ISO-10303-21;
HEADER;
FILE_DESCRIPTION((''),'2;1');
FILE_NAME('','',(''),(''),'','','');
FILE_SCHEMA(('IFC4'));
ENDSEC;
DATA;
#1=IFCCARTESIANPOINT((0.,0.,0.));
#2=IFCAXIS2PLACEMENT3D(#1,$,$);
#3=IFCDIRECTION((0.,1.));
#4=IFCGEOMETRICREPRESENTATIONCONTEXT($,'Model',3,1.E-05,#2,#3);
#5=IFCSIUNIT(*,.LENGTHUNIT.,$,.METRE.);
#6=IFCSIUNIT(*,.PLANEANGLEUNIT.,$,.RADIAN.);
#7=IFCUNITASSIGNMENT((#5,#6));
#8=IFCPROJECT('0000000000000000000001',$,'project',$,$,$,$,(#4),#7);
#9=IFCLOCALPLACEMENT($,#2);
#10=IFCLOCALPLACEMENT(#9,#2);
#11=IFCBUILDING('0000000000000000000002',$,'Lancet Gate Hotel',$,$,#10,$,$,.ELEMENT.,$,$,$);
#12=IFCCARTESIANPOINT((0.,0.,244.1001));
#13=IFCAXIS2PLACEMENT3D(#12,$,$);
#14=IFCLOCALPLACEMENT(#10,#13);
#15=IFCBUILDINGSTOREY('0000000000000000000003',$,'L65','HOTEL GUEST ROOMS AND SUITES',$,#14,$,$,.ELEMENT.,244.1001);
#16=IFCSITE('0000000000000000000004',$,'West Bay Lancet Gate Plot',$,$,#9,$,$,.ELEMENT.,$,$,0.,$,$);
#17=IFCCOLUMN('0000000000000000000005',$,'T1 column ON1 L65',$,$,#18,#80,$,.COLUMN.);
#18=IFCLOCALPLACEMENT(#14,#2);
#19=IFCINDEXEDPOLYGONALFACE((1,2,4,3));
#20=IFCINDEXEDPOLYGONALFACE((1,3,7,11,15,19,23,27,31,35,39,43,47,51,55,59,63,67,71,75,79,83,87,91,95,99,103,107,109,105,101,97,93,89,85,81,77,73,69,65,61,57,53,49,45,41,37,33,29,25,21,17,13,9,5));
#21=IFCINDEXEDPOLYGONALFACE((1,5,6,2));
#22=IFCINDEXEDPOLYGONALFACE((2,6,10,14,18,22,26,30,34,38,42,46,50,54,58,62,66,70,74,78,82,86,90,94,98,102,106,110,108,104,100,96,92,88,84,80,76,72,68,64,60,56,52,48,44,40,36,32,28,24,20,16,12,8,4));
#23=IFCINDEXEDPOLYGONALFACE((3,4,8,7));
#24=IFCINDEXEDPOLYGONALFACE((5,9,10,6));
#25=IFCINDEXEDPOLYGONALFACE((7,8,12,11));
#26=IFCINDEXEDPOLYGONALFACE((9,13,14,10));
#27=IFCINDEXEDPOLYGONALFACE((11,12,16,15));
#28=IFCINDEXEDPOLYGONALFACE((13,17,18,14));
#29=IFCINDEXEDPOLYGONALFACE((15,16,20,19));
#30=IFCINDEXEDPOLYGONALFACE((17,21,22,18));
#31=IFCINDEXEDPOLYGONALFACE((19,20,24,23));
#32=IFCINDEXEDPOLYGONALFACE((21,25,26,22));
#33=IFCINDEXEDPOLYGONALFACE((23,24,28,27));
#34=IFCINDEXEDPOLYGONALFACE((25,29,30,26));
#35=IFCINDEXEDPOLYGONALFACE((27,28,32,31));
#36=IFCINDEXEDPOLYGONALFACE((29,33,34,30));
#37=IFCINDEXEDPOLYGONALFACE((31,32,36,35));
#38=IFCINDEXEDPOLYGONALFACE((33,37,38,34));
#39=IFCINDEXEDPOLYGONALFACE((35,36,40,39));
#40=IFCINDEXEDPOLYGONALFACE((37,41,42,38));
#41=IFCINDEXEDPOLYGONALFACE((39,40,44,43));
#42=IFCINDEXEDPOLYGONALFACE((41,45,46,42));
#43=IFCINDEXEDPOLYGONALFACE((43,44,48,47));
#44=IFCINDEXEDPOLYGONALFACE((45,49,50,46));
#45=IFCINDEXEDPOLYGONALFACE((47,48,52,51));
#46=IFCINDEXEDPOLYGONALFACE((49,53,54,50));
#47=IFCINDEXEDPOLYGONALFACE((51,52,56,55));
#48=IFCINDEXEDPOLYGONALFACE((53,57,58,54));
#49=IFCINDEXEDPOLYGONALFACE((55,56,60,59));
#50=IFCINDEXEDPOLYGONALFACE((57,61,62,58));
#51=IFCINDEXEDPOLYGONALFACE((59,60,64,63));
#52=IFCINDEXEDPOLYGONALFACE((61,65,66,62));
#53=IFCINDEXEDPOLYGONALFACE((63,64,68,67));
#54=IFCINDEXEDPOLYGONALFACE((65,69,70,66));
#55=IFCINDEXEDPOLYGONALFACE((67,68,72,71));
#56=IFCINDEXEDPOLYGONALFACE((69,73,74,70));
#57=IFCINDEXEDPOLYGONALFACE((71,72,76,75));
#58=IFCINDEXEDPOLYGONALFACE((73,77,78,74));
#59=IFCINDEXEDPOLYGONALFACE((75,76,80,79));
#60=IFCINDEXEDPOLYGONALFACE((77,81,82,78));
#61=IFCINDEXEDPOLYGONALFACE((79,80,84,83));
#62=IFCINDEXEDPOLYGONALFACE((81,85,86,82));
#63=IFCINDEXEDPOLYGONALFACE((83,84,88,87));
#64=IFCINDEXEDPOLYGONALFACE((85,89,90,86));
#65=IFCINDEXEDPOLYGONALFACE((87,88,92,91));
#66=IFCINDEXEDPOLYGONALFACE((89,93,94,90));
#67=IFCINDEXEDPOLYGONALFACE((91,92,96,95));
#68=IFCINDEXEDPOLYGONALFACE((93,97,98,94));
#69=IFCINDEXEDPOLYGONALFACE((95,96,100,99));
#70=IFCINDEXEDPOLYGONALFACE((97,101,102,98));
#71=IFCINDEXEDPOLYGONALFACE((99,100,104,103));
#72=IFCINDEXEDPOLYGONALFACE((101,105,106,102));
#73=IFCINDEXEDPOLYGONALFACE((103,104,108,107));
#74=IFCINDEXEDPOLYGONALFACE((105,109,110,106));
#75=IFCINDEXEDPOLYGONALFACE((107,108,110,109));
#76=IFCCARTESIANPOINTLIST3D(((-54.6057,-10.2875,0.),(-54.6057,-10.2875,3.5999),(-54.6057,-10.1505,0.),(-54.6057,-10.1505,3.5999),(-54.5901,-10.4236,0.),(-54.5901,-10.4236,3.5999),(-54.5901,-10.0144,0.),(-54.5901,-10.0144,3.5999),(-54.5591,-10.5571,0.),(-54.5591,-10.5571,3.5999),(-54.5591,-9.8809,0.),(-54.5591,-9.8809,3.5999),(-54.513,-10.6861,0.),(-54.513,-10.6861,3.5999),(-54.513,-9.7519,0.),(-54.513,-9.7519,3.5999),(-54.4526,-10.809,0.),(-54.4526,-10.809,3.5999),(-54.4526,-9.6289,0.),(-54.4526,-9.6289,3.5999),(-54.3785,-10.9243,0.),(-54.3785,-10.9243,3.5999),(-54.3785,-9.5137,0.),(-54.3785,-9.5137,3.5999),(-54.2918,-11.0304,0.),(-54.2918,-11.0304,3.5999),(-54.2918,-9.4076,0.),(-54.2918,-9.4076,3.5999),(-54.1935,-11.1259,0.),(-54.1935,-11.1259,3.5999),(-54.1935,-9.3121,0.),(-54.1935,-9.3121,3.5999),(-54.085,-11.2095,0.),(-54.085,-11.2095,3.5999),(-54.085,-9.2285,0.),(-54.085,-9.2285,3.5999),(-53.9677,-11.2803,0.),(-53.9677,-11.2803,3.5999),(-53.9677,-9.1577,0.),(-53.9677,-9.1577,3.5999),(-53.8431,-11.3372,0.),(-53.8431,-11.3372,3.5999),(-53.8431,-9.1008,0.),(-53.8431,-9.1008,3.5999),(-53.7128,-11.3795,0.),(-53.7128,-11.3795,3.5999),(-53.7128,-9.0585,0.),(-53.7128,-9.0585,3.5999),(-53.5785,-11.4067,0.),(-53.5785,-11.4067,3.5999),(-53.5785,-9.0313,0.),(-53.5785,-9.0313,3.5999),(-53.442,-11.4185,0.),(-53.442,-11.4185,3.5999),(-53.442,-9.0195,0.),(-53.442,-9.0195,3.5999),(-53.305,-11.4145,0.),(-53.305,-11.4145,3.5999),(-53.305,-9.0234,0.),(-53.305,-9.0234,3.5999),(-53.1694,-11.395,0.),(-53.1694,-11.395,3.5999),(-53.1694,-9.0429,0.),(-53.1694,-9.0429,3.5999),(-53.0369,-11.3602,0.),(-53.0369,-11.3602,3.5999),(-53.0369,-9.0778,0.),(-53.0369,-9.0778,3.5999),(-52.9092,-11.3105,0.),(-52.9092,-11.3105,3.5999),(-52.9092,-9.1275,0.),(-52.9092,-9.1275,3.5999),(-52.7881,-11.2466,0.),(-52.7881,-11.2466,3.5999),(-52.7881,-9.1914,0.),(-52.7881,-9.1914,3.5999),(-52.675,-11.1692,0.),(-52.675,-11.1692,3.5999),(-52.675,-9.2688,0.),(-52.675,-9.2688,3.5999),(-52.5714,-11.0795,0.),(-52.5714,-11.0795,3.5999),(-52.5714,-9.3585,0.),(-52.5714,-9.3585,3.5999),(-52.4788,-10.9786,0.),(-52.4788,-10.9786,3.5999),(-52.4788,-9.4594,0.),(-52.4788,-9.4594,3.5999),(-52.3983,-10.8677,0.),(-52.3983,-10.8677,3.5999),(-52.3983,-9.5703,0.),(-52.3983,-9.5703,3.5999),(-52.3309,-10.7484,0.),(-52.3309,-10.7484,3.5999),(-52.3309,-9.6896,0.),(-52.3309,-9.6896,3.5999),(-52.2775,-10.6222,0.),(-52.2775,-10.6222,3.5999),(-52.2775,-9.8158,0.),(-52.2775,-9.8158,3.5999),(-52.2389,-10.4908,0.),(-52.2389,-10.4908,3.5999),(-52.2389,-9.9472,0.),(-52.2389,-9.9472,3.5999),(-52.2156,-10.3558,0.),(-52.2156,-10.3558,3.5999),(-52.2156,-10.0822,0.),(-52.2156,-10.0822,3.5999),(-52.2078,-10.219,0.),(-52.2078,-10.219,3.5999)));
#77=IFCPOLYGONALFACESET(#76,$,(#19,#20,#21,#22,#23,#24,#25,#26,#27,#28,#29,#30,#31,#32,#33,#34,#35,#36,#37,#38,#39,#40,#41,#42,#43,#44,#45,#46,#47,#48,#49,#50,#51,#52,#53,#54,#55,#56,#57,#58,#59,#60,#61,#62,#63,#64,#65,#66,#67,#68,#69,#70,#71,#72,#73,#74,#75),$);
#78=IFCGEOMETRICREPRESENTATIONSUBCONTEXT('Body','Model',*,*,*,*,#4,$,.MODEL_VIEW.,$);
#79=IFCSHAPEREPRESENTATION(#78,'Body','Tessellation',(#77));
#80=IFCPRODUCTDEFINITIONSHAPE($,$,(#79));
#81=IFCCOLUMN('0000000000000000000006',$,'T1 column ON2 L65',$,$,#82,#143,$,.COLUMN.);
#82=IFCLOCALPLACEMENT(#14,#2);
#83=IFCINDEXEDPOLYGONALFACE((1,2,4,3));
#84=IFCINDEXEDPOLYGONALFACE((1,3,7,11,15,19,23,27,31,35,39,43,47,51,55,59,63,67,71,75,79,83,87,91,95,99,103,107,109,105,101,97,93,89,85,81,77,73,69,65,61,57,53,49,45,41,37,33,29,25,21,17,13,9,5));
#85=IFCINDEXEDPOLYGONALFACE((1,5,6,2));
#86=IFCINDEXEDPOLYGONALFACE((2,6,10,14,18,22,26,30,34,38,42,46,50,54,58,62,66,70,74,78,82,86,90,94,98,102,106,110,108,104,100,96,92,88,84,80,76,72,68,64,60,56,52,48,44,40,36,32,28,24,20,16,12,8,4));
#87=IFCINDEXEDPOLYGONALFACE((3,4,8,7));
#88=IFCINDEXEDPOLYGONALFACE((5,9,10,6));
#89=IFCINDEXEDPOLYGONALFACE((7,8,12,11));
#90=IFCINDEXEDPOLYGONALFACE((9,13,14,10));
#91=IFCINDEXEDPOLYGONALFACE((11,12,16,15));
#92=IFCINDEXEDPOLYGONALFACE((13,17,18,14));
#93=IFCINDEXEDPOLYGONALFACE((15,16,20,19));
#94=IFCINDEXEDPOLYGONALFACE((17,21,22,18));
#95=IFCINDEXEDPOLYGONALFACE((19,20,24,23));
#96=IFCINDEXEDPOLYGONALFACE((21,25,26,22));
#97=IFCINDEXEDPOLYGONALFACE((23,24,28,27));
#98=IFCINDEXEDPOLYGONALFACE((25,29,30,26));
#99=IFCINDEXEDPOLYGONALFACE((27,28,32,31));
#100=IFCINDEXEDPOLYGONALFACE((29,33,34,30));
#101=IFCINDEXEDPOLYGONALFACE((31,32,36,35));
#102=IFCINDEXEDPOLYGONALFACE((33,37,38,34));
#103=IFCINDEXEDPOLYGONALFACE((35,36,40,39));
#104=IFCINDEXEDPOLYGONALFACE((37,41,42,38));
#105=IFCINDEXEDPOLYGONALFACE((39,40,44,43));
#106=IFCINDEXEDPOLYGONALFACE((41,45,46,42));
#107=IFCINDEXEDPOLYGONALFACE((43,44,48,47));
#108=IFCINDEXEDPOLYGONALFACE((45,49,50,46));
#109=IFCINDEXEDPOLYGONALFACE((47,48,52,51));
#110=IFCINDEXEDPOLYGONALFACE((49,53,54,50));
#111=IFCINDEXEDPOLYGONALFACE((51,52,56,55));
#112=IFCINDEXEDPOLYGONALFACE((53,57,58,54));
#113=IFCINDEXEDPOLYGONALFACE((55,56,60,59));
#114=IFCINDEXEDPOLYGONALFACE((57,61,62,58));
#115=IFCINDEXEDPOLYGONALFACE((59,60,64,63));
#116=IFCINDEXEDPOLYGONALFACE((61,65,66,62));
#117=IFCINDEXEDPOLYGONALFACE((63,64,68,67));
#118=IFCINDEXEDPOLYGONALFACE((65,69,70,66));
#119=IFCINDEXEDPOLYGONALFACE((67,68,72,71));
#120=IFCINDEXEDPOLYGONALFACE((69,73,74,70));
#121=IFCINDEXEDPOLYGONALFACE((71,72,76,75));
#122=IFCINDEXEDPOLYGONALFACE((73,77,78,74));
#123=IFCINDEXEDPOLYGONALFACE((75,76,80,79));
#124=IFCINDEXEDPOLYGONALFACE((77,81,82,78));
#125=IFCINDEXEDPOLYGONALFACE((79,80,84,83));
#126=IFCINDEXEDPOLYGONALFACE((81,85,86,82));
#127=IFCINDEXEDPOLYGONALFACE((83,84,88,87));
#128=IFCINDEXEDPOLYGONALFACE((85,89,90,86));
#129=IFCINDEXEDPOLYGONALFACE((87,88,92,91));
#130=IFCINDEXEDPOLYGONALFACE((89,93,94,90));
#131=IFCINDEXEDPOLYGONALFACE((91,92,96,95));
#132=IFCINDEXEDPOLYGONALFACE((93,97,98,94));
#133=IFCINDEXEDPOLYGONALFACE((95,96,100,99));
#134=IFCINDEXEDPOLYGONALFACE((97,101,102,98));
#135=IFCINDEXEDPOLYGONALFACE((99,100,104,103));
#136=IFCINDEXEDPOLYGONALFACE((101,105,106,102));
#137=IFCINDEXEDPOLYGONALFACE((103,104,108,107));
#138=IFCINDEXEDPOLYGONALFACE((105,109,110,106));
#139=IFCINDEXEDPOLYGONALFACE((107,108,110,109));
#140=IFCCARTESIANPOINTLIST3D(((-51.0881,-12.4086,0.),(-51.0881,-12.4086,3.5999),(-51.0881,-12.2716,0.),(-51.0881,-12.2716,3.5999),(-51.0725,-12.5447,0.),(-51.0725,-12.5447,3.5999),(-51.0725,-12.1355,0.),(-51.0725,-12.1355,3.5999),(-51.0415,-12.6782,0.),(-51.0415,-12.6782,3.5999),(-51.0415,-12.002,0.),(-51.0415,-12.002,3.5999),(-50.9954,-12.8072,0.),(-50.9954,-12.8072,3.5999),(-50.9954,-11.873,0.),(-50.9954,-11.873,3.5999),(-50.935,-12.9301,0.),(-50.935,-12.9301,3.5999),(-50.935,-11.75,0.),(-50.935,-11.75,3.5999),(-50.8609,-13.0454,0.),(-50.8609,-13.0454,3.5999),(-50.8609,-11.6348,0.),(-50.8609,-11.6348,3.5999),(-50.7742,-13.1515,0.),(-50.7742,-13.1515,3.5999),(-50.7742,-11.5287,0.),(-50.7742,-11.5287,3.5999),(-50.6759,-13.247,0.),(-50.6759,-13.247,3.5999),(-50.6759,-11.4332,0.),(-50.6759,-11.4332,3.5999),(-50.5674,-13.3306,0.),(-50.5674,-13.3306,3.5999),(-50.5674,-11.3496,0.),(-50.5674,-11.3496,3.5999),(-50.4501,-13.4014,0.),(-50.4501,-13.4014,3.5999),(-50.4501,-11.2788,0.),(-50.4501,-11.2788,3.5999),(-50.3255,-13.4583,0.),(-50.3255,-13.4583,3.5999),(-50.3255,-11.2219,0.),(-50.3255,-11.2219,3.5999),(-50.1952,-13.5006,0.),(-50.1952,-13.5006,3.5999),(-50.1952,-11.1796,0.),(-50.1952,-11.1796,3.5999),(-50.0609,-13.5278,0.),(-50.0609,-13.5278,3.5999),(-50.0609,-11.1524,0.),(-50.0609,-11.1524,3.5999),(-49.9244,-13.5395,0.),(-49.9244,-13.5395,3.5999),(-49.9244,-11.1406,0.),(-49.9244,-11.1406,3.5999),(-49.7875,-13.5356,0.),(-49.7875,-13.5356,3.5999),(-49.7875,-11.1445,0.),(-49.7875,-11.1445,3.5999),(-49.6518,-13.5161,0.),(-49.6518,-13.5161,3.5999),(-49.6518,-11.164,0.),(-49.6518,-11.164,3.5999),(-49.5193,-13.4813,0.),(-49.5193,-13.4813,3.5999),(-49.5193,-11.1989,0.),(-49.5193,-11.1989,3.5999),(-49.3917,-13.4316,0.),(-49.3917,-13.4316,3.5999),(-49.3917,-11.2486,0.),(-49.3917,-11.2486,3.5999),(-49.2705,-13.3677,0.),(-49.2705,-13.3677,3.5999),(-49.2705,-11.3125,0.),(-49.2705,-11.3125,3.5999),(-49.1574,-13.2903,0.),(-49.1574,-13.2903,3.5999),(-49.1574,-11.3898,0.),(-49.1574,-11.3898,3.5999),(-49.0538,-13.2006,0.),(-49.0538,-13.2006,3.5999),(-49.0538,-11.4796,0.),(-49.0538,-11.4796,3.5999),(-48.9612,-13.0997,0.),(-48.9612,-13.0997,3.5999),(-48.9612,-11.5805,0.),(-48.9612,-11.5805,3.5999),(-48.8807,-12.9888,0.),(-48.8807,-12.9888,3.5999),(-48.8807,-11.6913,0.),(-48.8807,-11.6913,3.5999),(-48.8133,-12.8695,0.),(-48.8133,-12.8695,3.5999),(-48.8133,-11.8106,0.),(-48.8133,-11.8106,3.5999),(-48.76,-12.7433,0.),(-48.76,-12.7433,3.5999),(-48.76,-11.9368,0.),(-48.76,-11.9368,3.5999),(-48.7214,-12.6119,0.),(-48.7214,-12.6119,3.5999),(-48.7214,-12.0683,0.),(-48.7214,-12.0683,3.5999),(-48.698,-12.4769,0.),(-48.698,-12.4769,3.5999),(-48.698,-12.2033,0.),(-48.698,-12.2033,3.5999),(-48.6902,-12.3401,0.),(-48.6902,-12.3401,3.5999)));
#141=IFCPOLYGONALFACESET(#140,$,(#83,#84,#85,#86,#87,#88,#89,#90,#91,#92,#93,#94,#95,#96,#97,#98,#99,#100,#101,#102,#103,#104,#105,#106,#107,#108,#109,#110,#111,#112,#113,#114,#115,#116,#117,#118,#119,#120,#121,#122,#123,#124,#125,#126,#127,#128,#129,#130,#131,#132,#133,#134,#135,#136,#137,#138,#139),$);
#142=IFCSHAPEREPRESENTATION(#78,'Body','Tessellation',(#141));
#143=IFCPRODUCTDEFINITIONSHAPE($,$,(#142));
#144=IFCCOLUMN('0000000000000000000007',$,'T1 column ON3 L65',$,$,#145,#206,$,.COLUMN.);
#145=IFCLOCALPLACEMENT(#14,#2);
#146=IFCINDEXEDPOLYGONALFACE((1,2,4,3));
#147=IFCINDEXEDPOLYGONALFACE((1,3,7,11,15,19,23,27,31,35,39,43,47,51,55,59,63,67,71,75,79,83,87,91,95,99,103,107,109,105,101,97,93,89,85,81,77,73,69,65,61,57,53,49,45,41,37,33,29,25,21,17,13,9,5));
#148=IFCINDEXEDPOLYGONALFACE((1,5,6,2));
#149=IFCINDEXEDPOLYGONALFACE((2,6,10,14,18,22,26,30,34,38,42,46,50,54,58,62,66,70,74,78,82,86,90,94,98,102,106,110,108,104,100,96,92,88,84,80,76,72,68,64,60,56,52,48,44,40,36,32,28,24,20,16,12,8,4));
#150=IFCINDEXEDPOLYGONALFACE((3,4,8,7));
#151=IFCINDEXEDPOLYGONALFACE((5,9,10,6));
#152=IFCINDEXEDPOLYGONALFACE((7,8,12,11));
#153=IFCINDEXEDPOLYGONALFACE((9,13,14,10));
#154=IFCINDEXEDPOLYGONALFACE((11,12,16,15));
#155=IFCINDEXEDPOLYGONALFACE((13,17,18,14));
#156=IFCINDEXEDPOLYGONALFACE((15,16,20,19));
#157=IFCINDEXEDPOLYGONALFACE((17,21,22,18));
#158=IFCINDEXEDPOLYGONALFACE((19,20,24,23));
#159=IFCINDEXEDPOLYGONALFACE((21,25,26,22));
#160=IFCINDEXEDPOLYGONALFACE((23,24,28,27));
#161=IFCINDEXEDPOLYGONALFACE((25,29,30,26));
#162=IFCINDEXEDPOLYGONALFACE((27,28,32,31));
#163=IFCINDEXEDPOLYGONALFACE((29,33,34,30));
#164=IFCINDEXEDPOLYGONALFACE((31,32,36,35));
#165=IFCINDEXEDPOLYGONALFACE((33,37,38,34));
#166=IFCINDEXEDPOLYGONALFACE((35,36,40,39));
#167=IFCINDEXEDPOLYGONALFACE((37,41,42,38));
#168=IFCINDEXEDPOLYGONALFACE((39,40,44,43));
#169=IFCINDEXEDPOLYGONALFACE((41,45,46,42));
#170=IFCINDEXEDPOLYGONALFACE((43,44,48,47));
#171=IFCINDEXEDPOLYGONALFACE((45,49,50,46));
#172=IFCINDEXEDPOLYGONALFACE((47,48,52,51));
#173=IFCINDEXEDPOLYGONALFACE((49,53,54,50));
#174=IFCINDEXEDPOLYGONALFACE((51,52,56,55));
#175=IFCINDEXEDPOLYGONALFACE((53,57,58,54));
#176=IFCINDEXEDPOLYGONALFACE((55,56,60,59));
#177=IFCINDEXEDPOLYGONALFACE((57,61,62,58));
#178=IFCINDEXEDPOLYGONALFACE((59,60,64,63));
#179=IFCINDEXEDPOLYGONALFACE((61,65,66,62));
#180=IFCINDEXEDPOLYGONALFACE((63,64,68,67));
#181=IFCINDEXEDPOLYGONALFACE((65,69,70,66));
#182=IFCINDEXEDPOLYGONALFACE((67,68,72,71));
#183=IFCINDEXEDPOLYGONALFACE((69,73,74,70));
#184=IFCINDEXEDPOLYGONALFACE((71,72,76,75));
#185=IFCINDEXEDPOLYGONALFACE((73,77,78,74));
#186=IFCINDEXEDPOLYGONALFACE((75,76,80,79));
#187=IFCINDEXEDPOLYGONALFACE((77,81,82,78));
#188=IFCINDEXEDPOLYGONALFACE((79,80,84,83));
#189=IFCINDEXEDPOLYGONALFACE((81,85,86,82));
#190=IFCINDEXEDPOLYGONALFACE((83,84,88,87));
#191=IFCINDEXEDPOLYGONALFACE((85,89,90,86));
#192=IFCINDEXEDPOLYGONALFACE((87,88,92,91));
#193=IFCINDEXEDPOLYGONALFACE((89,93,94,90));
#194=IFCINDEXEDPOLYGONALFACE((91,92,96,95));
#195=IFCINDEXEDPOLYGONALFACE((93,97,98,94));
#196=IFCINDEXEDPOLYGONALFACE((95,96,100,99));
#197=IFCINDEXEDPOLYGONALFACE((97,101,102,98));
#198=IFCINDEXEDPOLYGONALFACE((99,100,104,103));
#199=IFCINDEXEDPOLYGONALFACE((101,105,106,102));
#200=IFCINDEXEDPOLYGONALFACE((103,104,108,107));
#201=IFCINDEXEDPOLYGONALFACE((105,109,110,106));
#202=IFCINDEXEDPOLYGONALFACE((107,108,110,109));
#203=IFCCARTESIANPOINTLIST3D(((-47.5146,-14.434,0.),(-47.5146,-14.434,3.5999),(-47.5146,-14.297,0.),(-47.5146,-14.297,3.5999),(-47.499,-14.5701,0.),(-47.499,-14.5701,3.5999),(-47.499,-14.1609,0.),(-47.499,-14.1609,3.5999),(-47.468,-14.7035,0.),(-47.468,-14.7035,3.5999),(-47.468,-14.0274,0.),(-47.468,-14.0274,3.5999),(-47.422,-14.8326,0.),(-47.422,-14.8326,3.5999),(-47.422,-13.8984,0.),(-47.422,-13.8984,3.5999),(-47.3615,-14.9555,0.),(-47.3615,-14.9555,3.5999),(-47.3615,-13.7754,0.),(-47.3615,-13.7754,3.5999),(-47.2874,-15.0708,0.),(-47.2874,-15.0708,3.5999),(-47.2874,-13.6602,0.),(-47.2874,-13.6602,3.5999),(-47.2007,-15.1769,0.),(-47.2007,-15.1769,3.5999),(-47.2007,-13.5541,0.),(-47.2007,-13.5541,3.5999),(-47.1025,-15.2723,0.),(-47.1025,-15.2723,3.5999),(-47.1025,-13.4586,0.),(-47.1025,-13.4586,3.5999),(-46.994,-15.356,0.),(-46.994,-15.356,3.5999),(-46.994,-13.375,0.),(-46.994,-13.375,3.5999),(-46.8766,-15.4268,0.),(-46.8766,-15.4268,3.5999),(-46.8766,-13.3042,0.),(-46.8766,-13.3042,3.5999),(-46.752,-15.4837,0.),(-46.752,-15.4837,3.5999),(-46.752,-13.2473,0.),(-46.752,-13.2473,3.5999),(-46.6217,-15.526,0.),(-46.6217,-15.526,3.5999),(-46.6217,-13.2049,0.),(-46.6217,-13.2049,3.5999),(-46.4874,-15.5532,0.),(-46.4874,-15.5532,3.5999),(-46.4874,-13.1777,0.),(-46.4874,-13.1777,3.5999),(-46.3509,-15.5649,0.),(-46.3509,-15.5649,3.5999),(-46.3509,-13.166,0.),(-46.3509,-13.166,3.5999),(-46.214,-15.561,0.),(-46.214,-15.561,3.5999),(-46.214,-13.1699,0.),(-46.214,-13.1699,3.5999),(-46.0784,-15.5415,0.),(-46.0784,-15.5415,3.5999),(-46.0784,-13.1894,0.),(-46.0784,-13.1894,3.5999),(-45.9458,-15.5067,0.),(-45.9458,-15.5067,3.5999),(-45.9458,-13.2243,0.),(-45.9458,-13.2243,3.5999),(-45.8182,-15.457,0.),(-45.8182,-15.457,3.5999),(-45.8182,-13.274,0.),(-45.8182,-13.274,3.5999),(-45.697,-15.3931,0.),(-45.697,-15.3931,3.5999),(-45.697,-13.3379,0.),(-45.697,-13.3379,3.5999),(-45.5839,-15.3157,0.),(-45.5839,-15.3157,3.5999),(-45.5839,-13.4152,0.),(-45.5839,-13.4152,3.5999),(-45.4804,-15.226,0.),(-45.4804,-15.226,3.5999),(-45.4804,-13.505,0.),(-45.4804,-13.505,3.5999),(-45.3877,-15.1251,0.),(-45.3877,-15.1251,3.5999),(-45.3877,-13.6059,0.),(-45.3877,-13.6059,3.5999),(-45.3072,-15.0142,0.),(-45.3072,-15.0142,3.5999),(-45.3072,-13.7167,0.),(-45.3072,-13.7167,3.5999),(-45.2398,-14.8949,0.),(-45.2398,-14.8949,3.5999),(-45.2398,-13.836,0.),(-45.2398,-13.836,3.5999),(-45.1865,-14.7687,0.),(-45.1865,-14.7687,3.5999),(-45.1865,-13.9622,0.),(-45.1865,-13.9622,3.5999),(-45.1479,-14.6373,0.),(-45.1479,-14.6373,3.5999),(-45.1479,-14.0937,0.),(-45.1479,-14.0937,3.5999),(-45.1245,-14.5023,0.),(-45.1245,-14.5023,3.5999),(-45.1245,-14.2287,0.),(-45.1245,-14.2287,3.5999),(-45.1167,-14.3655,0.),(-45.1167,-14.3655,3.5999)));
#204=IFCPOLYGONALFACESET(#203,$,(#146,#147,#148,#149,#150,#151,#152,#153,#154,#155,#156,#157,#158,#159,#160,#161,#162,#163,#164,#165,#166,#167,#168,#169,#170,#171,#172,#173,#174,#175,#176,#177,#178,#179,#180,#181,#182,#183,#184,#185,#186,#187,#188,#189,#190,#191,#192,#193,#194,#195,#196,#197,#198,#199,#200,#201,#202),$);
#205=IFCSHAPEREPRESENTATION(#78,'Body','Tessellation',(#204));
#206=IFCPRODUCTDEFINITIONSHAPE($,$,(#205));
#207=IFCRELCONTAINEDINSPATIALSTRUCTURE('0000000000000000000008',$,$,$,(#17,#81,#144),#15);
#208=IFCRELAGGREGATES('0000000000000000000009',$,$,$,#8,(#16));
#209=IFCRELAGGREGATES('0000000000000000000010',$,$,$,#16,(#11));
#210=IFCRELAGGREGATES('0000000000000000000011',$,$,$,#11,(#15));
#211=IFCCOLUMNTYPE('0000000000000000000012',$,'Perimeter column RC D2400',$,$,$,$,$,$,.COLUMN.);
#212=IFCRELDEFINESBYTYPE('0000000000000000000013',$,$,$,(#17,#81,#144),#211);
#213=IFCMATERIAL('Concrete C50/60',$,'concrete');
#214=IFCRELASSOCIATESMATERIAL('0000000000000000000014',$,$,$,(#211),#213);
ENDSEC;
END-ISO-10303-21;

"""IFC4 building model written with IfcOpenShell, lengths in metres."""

from ifc_helpers import new_model, si_unit, direction, frame, origin, origin_2d, place, context, subcontext, project, spatial, circle, extrude, material, material_profile, profile_set, type_object, element, save


model = new_model("IFC4")

# Units and contexts
model_context = context("Model", 3, precision=1e-05, world=origin(), true_north=direction((0.0, 1.0)))
body_context = subcontext(model_context, "Body", "Model", "MODEL_VIEW")
ifc_project = project(units=[si_unit("LENGTHUNIT", "METRE"), si_unit("PLANEANGLEUNIT", "RADIAN")], contexts=[model_context])

# Site, building, storey
site_placement = place(None, origin())
site = spatial("IfcSite", under=ifc_project, at=site_placement, Name="West Bay Lancet Gate Plot", CompositionType="ELEMENT", RefElevation=0.0)
building_placement = place(site_placement, origin())
building = spatial("IfcBuilding", under=site, at=building_placement, Name="Lancet Gate Hotel", CompositionType="ELEMENT")
storey_placement = place(building_placement, frame((0.0, 0.0, 244.1001)))
storey = spatial("IfcBuildingStorey", under=building, at=storey_placement, Name="L65", Description="HOTEL GUEST ROOMS AND SUITES", CompositionType="ELEMENT", Elevation=244.1001)

# Columns
ifc_material_1 = material(Name="Concrete C50/60", Category="concrete")
ifc_material_profile_1 = material_profile(ifc_material_1, circle(Radius=1.2, at=origin_2d()), Name="RC D2400")
ifc_profile_set_1 = profile_set([ifc_material_profile_1], Name="Concrete C50/60")
column_type = type_object("IfcColumnType", Name="Perimeter column RC D2400", PredefinedType="COLUMN", material=ifc_profile_set_1)
for number, where, z_axis, x_axis, name in (
    (1, (-53.4077, -10.219, 0.0), (0.0, 0.0, 1.0), (1.0, 0.0, 0.0), "T1 column ON1 L65"),
    (2, (-49.8901, -12.3401, 0.0), (0.0, 0.0, 1.0), (1.0, 0.0, 0.0), "T1 column ON2 L65"),
    (3, (-46.3167, -14.3655, 0.0), (0.0, 0.0, 1.0), (1.0, 0.0, 0.0), "T1 column ON3 L65"),
):
    element("IfcColumn", number, at=place(storey_placement, frame(where, z_axis=z_axis, x_axis=x_axis)), inside=storey, type_object=column_type, Name=name, PredefinedType="COLUMN", context=body_context, shape_type="SweptSolid", body=[
        extrude(circle(Radius=1.2, at=origin_2d()), origin(), (0.0, 0.0, 1.0), 3.5999),
    ])

save(model, "model.ifc")
